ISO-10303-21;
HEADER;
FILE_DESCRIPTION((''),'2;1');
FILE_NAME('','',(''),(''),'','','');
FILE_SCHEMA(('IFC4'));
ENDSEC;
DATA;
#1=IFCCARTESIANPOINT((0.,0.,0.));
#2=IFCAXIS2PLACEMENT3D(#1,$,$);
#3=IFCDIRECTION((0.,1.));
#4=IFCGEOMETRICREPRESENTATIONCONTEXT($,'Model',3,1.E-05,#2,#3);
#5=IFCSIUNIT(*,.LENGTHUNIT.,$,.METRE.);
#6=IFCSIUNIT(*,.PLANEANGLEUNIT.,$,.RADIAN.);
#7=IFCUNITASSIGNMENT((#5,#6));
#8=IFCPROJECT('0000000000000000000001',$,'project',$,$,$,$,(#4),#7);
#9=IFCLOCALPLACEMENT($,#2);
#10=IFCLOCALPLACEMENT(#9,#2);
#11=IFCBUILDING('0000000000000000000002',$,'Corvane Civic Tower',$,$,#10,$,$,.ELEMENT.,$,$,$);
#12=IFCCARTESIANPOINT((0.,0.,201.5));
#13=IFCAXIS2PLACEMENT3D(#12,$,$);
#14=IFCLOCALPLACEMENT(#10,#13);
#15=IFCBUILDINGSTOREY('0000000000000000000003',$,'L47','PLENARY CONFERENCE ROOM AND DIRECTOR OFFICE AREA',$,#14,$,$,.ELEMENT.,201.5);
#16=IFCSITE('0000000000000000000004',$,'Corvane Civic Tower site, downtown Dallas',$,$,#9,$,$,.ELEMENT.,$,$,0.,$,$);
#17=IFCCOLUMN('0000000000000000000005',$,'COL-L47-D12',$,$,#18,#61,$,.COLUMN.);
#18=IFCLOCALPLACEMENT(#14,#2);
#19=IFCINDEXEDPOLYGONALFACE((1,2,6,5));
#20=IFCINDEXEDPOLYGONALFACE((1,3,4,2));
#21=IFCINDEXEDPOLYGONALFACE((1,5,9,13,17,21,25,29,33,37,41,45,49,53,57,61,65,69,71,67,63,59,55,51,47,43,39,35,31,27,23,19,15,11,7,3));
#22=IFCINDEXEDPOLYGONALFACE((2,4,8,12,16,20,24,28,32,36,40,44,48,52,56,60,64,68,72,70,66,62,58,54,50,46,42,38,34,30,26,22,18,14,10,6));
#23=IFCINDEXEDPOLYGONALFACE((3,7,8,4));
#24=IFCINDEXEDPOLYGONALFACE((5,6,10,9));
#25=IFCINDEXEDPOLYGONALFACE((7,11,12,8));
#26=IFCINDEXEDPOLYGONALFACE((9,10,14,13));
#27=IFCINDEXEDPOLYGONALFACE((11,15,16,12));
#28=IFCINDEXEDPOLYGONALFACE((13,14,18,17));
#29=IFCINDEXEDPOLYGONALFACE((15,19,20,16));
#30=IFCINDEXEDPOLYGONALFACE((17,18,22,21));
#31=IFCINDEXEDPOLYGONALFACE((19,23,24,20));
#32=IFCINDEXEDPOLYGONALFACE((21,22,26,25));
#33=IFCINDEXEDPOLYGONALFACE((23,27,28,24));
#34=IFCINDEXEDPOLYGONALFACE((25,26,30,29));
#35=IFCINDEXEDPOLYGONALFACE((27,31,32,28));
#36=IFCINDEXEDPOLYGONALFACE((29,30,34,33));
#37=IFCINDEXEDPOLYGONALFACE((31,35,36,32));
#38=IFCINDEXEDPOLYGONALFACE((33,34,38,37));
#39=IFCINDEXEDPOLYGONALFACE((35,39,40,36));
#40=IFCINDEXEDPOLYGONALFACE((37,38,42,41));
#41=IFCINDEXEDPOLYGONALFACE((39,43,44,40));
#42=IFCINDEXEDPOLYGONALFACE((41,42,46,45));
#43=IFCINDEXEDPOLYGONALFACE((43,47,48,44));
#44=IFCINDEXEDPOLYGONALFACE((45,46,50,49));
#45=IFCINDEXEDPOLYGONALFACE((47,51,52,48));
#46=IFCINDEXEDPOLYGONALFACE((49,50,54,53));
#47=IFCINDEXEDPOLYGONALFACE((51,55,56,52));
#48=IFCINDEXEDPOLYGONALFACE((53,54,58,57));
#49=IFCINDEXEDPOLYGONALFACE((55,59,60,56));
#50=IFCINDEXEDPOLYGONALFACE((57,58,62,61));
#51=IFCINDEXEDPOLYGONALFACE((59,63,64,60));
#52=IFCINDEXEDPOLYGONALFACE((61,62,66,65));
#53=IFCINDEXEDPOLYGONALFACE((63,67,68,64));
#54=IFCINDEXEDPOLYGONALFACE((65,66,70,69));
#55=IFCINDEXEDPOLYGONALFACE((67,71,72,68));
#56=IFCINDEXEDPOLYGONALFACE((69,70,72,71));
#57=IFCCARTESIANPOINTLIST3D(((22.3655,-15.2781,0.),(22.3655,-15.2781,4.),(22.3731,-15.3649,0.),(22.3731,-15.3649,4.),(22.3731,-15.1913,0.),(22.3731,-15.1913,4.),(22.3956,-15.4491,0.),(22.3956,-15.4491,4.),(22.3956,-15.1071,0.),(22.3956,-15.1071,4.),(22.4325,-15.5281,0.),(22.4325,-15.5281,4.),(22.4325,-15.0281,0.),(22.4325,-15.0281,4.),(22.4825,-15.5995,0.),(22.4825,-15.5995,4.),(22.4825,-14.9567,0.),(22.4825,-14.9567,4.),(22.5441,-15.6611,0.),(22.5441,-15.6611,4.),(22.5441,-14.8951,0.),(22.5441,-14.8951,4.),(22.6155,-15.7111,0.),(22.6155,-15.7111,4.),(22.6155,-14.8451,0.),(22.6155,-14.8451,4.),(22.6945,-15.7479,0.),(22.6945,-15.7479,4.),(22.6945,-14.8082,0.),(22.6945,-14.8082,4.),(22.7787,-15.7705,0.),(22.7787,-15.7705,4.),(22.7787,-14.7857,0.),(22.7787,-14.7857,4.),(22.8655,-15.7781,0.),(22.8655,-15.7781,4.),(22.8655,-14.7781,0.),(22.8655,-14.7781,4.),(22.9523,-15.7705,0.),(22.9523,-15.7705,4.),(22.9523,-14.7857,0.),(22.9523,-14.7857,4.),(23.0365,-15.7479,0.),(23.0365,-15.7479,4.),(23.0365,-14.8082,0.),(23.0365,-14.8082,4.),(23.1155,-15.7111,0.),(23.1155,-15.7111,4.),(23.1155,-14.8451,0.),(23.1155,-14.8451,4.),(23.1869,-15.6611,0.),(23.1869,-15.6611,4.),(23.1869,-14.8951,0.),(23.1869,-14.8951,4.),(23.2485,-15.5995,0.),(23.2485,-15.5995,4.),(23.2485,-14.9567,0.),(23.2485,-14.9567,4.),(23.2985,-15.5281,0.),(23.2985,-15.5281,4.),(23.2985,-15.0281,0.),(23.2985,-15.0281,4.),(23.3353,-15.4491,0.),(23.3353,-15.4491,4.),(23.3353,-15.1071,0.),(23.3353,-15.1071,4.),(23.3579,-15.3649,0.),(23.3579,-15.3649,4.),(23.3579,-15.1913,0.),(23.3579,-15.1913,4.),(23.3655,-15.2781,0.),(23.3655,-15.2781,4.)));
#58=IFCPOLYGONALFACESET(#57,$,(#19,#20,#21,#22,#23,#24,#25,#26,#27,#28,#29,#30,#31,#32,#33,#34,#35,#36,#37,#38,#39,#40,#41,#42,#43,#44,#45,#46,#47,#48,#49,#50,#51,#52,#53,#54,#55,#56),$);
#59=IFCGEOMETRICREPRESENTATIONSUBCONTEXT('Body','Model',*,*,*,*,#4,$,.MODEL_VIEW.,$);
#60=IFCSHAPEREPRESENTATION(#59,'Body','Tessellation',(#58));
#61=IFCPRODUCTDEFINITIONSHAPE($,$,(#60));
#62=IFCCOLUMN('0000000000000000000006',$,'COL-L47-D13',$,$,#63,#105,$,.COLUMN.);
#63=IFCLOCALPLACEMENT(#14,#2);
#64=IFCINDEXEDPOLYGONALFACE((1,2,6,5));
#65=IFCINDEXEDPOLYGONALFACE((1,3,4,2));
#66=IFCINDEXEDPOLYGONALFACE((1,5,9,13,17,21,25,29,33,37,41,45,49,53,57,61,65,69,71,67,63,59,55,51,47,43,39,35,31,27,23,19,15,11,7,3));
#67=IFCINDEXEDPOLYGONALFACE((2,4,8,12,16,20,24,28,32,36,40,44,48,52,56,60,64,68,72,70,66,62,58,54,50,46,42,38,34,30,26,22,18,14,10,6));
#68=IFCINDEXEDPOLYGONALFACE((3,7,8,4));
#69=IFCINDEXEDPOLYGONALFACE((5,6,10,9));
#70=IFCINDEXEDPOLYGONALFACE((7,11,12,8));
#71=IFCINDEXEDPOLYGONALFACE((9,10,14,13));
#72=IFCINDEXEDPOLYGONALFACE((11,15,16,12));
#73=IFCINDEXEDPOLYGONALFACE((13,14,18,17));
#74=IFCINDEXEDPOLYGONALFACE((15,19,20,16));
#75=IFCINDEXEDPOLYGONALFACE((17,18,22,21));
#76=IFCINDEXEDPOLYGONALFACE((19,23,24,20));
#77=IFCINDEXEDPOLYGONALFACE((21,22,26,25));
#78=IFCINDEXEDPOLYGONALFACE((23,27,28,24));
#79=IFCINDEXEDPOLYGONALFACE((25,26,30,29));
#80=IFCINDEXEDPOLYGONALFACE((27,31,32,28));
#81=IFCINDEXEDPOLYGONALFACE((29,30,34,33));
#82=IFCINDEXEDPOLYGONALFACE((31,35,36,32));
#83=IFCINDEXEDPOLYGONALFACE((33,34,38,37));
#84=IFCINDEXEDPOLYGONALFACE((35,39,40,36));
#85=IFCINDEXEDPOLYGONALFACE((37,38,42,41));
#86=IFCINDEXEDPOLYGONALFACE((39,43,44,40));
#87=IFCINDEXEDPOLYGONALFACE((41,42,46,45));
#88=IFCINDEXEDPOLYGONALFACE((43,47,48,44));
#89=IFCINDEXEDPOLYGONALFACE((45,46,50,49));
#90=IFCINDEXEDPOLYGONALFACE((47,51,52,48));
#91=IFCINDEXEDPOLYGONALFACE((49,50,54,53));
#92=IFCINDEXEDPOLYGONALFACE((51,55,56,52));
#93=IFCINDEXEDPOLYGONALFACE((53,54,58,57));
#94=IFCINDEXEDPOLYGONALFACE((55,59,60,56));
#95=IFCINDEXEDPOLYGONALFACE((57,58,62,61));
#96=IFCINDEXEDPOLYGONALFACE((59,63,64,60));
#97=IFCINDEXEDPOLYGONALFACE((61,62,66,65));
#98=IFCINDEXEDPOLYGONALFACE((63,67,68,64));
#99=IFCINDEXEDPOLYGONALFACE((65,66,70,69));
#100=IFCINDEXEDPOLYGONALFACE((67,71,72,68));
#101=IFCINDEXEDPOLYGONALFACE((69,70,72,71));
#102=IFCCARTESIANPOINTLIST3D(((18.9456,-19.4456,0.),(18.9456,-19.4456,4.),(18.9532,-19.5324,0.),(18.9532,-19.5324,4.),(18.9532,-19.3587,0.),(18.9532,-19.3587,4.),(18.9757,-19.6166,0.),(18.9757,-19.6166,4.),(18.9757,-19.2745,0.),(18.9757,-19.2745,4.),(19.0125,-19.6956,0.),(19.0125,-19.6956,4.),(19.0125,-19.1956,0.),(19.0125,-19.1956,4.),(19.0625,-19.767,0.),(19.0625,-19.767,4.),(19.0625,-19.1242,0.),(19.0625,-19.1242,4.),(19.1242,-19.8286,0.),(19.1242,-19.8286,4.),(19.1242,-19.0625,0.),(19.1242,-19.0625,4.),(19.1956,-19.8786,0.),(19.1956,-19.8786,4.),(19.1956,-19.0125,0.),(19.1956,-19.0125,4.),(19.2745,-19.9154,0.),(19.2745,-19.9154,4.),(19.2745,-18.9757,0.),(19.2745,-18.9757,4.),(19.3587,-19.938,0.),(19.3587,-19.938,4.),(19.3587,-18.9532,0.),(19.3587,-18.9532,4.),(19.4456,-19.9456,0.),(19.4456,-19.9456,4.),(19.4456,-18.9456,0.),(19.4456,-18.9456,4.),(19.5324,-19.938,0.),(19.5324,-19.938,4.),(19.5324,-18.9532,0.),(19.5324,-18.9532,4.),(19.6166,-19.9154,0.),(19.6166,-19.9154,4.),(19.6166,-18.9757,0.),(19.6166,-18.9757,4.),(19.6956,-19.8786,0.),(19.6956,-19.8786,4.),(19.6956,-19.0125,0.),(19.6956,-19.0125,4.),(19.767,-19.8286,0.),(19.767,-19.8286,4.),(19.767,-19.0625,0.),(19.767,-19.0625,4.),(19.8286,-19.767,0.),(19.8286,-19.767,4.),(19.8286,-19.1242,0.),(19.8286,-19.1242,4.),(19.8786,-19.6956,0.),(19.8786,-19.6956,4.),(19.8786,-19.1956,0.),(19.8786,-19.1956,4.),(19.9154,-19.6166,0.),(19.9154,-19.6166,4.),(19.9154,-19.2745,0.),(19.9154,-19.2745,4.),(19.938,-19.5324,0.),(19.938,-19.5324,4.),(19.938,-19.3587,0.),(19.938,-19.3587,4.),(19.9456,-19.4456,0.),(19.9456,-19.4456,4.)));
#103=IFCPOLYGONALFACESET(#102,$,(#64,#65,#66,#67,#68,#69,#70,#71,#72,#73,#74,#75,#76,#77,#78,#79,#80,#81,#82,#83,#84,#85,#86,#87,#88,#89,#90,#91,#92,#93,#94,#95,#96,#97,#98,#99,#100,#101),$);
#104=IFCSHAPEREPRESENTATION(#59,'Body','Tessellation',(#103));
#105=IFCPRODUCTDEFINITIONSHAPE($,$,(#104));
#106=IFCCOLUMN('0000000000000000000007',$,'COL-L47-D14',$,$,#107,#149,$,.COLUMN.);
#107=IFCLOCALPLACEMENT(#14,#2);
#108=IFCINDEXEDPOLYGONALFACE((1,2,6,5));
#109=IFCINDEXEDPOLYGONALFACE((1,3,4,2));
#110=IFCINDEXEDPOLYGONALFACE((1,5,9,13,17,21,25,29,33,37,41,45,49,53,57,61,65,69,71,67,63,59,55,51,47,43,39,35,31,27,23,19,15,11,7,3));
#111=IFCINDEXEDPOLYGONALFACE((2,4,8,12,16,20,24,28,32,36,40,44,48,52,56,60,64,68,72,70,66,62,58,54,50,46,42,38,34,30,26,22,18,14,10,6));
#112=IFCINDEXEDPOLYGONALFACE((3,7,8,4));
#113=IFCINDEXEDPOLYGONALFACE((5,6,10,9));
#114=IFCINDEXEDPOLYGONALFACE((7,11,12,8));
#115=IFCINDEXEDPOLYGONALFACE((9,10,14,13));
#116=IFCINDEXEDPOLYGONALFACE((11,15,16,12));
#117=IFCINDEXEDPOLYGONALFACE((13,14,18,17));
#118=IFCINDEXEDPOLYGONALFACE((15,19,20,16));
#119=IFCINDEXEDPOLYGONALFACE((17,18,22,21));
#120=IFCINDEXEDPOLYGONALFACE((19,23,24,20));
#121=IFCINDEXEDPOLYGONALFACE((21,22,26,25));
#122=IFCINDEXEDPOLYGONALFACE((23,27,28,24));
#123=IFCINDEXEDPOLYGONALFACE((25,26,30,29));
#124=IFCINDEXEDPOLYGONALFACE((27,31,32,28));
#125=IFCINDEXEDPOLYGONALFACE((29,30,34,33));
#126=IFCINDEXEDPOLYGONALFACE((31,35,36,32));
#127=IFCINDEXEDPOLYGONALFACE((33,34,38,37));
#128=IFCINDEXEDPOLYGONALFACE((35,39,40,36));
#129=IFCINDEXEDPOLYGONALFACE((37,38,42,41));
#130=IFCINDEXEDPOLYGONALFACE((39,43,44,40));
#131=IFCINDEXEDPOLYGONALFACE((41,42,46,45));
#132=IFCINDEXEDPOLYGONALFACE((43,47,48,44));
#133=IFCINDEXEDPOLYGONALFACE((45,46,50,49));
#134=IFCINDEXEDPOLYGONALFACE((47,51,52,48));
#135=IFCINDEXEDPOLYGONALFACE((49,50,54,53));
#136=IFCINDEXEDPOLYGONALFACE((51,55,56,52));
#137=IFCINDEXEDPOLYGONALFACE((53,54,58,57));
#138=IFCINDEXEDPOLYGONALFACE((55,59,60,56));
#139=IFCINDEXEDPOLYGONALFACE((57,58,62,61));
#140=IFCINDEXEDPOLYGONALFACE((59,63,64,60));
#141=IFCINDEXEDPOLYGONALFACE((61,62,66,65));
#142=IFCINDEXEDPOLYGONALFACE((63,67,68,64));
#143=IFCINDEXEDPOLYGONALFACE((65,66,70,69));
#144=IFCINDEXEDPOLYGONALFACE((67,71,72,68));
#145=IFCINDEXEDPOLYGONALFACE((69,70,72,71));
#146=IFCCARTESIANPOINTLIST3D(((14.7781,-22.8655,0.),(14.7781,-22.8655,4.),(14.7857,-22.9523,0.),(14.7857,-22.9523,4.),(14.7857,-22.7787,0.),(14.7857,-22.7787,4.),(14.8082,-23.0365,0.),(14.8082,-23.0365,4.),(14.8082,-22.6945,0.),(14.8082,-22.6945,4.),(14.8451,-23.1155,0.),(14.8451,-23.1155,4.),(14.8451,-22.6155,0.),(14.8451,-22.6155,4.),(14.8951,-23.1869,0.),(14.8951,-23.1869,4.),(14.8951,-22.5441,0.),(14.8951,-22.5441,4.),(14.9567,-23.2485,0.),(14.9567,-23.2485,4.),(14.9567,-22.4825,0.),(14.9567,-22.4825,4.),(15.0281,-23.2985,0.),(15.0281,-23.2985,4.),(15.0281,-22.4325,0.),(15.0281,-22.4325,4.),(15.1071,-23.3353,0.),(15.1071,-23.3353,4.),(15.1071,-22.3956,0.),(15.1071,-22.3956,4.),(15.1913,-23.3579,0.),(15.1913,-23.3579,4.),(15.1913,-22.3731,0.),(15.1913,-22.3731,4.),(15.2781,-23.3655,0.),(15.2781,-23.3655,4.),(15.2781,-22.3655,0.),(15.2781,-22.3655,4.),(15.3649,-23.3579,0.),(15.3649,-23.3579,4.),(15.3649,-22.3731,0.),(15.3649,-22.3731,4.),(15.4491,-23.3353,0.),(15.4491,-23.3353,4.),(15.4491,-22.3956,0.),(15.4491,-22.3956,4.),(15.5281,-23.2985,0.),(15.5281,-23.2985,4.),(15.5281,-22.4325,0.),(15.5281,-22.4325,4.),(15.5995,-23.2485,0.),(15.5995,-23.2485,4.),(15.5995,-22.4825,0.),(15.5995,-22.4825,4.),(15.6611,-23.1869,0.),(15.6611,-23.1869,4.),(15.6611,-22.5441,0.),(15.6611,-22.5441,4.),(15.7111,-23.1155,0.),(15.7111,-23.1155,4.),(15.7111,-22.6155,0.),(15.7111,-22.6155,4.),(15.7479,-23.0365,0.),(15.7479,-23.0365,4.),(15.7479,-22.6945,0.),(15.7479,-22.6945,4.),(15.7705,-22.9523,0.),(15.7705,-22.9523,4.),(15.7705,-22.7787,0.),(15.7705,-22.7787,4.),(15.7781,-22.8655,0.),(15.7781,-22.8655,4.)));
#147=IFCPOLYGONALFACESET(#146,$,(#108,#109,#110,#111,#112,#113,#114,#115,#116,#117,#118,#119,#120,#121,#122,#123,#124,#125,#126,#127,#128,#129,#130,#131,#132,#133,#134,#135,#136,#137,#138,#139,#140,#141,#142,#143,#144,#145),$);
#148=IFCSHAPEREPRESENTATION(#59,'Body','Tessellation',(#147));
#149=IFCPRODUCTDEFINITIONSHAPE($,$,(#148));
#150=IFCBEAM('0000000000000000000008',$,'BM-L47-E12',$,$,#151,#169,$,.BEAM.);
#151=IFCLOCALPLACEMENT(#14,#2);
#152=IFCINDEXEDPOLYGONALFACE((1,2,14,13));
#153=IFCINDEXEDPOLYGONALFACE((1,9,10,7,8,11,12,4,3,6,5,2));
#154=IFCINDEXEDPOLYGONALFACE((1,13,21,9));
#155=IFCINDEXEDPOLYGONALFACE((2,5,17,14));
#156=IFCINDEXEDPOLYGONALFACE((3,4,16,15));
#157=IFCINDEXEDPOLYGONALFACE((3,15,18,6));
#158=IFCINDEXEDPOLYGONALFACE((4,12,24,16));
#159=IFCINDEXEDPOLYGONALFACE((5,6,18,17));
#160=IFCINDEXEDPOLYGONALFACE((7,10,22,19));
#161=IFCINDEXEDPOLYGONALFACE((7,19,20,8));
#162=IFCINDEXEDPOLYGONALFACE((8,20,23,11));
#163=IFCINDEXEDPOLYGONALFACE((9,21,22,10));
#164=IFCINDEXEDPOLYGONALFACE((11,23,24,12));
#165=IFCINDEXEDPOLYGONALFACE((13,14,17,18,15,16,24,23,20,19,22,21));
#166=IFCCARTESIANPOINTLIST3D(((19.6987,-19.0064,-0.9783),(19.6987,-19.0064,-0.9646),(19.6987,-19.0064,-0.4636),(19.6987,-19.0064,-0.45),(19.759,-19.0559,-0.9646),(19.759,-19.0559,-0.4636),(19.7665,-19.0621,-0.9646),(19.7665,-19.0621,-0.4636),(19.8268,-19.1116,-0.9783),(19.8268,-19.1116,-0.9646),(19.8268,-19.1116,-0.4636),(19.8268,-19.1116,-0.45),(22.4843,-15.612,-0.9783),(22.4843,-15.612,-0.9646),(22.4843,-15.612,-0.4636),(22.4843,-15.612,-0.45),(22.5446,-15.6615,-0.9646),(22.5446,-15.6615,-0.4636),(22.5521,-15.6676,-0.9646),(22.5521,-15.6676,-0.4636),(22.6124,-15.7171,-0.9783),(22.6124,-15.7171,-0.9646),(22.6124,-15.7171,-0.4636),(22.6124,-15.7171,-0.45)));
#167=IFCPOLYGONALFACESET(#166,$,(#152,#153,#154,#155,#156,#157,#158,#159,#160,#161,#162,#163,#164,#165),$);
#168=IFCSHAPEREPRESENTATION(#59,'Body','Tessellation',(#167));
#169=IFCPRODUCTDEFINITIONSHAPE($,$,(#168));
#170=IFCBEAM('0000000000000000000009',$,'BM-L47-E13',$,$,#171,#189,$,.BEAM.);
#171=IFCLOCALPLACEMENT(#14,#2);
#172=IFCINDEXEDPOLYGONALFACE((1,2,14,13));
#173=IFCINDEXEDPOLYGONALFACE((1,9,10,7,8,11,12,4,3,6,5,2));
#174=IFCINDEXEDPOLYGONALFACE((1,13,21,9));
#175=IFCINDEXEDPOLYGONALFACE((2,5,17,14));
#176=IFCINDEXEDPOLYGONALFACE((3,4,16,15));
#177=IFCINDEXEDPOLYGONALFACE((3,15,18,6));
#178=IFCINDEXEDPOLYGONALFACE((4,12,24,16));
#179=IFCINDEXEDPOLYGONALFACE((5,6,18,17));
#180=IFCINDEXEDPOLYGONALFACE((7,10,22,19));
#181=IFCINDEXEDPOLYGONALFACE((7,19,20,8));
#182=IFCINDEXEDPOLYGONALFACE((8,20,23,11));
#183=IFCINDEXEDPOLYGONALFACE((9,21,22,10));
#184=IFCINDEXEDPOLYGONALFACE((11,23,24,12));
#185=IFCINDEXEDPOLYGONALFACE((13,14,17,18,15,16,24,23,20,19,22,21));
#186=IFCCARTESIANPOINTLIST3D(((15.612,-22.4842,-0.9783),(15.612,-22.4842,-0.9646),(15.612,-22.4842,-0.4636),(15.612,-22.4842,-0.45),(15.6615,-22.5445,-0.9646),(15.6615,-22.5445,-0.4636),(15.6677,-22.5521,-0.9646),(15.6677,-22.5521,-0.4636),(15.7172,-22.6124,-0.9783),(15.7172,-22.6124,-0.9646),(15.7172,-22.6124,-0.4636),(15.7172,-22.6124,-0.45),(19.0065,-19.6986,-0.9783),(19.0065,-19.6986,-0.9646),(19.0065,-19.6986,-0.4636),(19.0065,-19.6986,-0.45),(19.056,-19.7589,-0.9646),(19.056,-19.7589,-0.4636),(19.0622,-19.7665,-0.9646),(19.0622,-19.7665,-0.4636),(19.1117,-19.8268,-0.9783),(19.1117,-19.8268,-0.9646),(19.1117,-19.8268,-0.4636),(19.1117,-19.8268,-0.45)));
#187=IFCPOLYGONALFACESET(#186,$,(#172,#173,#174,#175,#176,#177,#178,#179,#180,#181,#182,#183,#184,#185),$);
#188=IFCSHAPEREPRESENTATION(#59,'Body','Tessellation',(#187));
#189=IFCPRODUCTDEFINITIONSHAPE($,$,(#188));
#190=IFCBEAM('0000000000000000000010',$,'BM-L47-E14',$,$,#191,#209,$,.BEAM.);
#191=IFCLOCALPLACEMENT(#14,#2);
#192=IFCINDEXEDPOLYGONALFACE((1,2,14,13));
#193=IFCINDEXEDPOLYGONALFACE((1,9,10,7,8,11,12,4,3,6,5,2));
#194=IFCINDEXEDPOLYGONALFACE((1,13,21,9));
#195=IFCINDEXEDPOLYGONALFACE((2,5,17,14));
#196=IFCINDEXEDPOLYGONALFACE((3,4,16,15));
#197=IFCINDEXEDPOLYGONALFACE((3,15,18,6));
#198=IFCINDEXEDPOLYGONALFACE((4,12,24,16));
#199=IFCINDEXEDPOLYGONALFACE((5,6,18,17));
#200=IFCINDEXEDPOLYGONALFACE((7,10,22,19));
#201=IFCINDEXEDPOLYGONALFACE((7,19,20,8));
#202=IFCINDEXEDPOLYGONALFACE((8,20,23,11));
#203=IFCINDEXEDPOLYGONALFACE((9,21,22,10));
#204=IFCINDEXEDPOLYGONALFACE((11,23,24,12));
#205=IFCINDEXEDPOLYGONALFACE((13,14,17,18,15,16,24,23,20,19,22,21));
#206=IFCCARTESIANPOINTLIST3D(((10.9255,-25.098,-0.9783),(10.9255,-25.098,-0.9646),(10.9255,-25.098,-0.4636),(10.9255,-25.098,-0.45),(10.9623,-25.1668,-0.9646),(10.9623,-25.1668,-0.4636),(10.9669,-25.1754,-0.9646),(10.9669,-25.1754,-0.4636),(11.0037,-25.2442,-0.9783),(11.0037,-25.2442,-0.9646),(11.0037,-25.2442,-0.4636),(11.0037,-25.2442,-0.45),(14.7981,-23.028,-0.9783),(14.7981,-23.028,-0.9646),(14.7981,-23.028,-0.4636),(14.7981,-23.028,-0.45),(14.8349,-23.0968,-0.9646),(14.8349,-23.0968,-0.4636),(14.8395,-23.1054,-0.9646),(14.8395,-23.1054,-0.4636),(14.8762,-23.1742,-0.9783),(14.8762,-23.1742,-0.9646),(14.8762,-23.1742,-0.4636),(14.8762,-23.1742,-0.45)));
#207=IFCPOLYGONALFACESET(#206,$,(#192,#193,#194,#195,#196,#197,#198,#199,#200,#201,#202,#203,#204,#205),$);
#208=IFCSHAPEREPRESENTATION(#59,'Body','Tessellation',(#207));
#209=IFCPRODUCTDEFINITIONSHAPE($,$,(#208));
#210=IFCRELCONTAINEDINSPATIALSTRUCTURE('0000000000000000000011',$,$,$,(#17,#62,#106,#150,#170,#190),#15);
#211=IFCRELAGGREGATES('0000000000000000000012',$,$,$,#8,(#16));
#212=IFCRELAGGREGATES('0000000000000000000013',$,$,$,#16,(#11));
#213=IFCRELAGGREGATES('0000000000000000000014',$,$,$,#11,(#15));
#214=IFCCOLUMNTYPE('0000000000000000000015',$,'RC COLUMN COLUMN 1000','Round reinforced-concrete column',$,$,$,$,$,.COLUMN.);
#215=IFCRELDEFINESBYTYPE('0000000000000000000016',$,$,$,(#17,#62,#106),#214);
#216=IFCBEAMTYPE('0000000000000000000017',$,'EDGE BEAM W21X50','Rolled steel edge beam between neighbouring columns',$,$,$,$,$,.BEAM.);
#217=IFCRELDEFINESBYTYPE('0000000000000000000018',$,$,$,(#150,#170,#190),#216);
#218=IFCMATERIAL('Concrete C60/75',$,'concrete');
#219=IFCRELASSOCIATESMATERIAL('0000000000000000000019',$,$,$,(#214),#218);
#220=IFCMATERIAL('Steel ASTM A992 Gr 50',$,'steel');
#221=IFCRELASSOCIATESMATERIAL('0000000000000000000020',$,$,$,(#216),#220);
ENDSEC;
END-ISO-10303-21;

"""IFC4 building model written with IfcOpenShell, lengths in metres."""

from ifc_helpers import new_model, si_unit, direction, frame, origin, origin_2d, place, context, subcontext, project, spatial, circle, i_section, extrude, material, material_profile, profile_set, type_object, element, save


model = new_model("IFC4")

# Units and contexts
model_context = context("Model", 3, precision=1e-05, world=origin(), true_north=direction((0.0, 1.0)))
body_context = subcontext(model_context, "Body", "Model", "MODEL_VIEW")
ifc_project = project(units=[si_unit("LENGTHUNIT", "METRE"), si_unit("PLANEANGLEUNIT", "RADIAN")], contexts=[model_context])

# Site, building, storey
site_placement = place(None, origin())
site = spatial("IfcSite", under=ifc_project, at=site_placement, Name="Corvane Civic Tower site, downtown Dallas", CompositionType="ELEMENT", RefElevation=0.0)
building_placement = place(site_placement, origin())
building = spatial("IfcBuilding", under=site, at=building_placement, Name="Corvane Civic Tower", CompositionType="ELEMENT")
storey_placement = place(building_placement, frame((0.0, 0.0, 201.5)))
storey = spatial("IfcBuildingStorey", under=building, at=storey_placement, Name="L47", Description="PLENARY CONFERENCE ROOM AND DIRECTOR OFFICE AREA", CompositionType="ELEMENT", Elevation=201.5)

# Columns
ifc_material_1 = material(Name="Concrete C60/75", Category="concrete")
ifc_material_profile_1 = material_profile(ifc_material_1, circle(Radius=0.5, at=origin_2d()), Name="COLUMN 1000")
ifc_profile_set_1 = profile_set([ifc_material_profile_1], Name="Concrete C60/75")
column_type = type_object("IfcColumnType", Name="RC COLUMN COLUMN 1000", Description="Round reinforced-concrete column", PredefinedType="COLUMN", material=ifc_profile_set_1)
for number, where, z_axis, x_axis, name in (
    (1, (22.8655, -15.2781, 0.0), (0.0, 0.0, 1.0), (1.0, 0.0, 0.0), "COL-L47-D12"),
    (2, (19.4456, -19.4456, 0.0), (0.0, 0.0, 1.0), (1.0, 0.0, 0.0), "COL-L47-D13"),
    (3, (15.2781, -22.8655, 0.0), (0.0, 0.0, 1.0), (1.0, 0.0, 0.0), "COL-L47-D14"),
):
    element("IfcColumn", number, at=place(storey_placement, frame(where, z_axis=z_axis, x_axis=x_axis)), inside=storey, type_object=column_type, Name=name, PredefinedType="COLUMN", context=body_context, shape_type="SweptSolid", body=[
        extrude(circle(Radius=0.5, at=origin_2d()), origin(), (0.0, 0.0, 1.0), 4.0),
    ])

# Beams
ifc_material_2 = material(Name="Steel ASTM A992 Gr 50", Category="steel")
ifc_material_profile_2 = material_profile(ifc_material_2, i_section(OverallWidth=0.1658, OverallDepth=0.5283, WebThickness=0.0098, FlangeThickness=0.0137, at=origin_2d()), Name="W21X50")
ifc_profile_set_2 = profile_set([ifc_material_profile_2], Name="Steel ASTM A992 Gr 50")
beam_type = type_object("IfcBeamType", Name="EDGE BEAM W21X50", Description="Rolled steel edge beam between neighbouring columns", PredefinedType="BEAM", material=ifc_profile_set_2)
for number, where, z_axis, x_axis, name in (
    (4, (22.5483, -15.6646, -0.7141), (-0.634369, -0.77303, 0.0), (0.77303, -0.634369, 0.0), "BM-L47-E12"),
    (5, (19.0591, -19.7627, -0.7141), (-0.77303, -0.634369, 0.0), (0.634369, -0.77303, 0.0), "BM-L47-E13"),
    (6, (14.8372, -23.1011, -0.7141), (-0.881908, -0.471422, 0.0), (0.471422, -0.881908, 0.0), "BM-L47-E14"),
):
    element("IfcBeam", number, at=place(storey_placement, frame(where, z_axis=z_axis, x_axis=x_axis)), inside=storey, type_object=beam_type, Name=name, PredefinedType="BEAM", context=body_context, shape_type="SweptSolid", body=[
        extrude(i_section(OverallWidth=0.1658, OverallDepth=0.5283, WebThickness=0.0098, FlangeThickness=0.0137, at=origin_2d()), origin(), (0.0, 0.0, 1.0), 4.3911),
    ])

save(model, "model.ifc")
